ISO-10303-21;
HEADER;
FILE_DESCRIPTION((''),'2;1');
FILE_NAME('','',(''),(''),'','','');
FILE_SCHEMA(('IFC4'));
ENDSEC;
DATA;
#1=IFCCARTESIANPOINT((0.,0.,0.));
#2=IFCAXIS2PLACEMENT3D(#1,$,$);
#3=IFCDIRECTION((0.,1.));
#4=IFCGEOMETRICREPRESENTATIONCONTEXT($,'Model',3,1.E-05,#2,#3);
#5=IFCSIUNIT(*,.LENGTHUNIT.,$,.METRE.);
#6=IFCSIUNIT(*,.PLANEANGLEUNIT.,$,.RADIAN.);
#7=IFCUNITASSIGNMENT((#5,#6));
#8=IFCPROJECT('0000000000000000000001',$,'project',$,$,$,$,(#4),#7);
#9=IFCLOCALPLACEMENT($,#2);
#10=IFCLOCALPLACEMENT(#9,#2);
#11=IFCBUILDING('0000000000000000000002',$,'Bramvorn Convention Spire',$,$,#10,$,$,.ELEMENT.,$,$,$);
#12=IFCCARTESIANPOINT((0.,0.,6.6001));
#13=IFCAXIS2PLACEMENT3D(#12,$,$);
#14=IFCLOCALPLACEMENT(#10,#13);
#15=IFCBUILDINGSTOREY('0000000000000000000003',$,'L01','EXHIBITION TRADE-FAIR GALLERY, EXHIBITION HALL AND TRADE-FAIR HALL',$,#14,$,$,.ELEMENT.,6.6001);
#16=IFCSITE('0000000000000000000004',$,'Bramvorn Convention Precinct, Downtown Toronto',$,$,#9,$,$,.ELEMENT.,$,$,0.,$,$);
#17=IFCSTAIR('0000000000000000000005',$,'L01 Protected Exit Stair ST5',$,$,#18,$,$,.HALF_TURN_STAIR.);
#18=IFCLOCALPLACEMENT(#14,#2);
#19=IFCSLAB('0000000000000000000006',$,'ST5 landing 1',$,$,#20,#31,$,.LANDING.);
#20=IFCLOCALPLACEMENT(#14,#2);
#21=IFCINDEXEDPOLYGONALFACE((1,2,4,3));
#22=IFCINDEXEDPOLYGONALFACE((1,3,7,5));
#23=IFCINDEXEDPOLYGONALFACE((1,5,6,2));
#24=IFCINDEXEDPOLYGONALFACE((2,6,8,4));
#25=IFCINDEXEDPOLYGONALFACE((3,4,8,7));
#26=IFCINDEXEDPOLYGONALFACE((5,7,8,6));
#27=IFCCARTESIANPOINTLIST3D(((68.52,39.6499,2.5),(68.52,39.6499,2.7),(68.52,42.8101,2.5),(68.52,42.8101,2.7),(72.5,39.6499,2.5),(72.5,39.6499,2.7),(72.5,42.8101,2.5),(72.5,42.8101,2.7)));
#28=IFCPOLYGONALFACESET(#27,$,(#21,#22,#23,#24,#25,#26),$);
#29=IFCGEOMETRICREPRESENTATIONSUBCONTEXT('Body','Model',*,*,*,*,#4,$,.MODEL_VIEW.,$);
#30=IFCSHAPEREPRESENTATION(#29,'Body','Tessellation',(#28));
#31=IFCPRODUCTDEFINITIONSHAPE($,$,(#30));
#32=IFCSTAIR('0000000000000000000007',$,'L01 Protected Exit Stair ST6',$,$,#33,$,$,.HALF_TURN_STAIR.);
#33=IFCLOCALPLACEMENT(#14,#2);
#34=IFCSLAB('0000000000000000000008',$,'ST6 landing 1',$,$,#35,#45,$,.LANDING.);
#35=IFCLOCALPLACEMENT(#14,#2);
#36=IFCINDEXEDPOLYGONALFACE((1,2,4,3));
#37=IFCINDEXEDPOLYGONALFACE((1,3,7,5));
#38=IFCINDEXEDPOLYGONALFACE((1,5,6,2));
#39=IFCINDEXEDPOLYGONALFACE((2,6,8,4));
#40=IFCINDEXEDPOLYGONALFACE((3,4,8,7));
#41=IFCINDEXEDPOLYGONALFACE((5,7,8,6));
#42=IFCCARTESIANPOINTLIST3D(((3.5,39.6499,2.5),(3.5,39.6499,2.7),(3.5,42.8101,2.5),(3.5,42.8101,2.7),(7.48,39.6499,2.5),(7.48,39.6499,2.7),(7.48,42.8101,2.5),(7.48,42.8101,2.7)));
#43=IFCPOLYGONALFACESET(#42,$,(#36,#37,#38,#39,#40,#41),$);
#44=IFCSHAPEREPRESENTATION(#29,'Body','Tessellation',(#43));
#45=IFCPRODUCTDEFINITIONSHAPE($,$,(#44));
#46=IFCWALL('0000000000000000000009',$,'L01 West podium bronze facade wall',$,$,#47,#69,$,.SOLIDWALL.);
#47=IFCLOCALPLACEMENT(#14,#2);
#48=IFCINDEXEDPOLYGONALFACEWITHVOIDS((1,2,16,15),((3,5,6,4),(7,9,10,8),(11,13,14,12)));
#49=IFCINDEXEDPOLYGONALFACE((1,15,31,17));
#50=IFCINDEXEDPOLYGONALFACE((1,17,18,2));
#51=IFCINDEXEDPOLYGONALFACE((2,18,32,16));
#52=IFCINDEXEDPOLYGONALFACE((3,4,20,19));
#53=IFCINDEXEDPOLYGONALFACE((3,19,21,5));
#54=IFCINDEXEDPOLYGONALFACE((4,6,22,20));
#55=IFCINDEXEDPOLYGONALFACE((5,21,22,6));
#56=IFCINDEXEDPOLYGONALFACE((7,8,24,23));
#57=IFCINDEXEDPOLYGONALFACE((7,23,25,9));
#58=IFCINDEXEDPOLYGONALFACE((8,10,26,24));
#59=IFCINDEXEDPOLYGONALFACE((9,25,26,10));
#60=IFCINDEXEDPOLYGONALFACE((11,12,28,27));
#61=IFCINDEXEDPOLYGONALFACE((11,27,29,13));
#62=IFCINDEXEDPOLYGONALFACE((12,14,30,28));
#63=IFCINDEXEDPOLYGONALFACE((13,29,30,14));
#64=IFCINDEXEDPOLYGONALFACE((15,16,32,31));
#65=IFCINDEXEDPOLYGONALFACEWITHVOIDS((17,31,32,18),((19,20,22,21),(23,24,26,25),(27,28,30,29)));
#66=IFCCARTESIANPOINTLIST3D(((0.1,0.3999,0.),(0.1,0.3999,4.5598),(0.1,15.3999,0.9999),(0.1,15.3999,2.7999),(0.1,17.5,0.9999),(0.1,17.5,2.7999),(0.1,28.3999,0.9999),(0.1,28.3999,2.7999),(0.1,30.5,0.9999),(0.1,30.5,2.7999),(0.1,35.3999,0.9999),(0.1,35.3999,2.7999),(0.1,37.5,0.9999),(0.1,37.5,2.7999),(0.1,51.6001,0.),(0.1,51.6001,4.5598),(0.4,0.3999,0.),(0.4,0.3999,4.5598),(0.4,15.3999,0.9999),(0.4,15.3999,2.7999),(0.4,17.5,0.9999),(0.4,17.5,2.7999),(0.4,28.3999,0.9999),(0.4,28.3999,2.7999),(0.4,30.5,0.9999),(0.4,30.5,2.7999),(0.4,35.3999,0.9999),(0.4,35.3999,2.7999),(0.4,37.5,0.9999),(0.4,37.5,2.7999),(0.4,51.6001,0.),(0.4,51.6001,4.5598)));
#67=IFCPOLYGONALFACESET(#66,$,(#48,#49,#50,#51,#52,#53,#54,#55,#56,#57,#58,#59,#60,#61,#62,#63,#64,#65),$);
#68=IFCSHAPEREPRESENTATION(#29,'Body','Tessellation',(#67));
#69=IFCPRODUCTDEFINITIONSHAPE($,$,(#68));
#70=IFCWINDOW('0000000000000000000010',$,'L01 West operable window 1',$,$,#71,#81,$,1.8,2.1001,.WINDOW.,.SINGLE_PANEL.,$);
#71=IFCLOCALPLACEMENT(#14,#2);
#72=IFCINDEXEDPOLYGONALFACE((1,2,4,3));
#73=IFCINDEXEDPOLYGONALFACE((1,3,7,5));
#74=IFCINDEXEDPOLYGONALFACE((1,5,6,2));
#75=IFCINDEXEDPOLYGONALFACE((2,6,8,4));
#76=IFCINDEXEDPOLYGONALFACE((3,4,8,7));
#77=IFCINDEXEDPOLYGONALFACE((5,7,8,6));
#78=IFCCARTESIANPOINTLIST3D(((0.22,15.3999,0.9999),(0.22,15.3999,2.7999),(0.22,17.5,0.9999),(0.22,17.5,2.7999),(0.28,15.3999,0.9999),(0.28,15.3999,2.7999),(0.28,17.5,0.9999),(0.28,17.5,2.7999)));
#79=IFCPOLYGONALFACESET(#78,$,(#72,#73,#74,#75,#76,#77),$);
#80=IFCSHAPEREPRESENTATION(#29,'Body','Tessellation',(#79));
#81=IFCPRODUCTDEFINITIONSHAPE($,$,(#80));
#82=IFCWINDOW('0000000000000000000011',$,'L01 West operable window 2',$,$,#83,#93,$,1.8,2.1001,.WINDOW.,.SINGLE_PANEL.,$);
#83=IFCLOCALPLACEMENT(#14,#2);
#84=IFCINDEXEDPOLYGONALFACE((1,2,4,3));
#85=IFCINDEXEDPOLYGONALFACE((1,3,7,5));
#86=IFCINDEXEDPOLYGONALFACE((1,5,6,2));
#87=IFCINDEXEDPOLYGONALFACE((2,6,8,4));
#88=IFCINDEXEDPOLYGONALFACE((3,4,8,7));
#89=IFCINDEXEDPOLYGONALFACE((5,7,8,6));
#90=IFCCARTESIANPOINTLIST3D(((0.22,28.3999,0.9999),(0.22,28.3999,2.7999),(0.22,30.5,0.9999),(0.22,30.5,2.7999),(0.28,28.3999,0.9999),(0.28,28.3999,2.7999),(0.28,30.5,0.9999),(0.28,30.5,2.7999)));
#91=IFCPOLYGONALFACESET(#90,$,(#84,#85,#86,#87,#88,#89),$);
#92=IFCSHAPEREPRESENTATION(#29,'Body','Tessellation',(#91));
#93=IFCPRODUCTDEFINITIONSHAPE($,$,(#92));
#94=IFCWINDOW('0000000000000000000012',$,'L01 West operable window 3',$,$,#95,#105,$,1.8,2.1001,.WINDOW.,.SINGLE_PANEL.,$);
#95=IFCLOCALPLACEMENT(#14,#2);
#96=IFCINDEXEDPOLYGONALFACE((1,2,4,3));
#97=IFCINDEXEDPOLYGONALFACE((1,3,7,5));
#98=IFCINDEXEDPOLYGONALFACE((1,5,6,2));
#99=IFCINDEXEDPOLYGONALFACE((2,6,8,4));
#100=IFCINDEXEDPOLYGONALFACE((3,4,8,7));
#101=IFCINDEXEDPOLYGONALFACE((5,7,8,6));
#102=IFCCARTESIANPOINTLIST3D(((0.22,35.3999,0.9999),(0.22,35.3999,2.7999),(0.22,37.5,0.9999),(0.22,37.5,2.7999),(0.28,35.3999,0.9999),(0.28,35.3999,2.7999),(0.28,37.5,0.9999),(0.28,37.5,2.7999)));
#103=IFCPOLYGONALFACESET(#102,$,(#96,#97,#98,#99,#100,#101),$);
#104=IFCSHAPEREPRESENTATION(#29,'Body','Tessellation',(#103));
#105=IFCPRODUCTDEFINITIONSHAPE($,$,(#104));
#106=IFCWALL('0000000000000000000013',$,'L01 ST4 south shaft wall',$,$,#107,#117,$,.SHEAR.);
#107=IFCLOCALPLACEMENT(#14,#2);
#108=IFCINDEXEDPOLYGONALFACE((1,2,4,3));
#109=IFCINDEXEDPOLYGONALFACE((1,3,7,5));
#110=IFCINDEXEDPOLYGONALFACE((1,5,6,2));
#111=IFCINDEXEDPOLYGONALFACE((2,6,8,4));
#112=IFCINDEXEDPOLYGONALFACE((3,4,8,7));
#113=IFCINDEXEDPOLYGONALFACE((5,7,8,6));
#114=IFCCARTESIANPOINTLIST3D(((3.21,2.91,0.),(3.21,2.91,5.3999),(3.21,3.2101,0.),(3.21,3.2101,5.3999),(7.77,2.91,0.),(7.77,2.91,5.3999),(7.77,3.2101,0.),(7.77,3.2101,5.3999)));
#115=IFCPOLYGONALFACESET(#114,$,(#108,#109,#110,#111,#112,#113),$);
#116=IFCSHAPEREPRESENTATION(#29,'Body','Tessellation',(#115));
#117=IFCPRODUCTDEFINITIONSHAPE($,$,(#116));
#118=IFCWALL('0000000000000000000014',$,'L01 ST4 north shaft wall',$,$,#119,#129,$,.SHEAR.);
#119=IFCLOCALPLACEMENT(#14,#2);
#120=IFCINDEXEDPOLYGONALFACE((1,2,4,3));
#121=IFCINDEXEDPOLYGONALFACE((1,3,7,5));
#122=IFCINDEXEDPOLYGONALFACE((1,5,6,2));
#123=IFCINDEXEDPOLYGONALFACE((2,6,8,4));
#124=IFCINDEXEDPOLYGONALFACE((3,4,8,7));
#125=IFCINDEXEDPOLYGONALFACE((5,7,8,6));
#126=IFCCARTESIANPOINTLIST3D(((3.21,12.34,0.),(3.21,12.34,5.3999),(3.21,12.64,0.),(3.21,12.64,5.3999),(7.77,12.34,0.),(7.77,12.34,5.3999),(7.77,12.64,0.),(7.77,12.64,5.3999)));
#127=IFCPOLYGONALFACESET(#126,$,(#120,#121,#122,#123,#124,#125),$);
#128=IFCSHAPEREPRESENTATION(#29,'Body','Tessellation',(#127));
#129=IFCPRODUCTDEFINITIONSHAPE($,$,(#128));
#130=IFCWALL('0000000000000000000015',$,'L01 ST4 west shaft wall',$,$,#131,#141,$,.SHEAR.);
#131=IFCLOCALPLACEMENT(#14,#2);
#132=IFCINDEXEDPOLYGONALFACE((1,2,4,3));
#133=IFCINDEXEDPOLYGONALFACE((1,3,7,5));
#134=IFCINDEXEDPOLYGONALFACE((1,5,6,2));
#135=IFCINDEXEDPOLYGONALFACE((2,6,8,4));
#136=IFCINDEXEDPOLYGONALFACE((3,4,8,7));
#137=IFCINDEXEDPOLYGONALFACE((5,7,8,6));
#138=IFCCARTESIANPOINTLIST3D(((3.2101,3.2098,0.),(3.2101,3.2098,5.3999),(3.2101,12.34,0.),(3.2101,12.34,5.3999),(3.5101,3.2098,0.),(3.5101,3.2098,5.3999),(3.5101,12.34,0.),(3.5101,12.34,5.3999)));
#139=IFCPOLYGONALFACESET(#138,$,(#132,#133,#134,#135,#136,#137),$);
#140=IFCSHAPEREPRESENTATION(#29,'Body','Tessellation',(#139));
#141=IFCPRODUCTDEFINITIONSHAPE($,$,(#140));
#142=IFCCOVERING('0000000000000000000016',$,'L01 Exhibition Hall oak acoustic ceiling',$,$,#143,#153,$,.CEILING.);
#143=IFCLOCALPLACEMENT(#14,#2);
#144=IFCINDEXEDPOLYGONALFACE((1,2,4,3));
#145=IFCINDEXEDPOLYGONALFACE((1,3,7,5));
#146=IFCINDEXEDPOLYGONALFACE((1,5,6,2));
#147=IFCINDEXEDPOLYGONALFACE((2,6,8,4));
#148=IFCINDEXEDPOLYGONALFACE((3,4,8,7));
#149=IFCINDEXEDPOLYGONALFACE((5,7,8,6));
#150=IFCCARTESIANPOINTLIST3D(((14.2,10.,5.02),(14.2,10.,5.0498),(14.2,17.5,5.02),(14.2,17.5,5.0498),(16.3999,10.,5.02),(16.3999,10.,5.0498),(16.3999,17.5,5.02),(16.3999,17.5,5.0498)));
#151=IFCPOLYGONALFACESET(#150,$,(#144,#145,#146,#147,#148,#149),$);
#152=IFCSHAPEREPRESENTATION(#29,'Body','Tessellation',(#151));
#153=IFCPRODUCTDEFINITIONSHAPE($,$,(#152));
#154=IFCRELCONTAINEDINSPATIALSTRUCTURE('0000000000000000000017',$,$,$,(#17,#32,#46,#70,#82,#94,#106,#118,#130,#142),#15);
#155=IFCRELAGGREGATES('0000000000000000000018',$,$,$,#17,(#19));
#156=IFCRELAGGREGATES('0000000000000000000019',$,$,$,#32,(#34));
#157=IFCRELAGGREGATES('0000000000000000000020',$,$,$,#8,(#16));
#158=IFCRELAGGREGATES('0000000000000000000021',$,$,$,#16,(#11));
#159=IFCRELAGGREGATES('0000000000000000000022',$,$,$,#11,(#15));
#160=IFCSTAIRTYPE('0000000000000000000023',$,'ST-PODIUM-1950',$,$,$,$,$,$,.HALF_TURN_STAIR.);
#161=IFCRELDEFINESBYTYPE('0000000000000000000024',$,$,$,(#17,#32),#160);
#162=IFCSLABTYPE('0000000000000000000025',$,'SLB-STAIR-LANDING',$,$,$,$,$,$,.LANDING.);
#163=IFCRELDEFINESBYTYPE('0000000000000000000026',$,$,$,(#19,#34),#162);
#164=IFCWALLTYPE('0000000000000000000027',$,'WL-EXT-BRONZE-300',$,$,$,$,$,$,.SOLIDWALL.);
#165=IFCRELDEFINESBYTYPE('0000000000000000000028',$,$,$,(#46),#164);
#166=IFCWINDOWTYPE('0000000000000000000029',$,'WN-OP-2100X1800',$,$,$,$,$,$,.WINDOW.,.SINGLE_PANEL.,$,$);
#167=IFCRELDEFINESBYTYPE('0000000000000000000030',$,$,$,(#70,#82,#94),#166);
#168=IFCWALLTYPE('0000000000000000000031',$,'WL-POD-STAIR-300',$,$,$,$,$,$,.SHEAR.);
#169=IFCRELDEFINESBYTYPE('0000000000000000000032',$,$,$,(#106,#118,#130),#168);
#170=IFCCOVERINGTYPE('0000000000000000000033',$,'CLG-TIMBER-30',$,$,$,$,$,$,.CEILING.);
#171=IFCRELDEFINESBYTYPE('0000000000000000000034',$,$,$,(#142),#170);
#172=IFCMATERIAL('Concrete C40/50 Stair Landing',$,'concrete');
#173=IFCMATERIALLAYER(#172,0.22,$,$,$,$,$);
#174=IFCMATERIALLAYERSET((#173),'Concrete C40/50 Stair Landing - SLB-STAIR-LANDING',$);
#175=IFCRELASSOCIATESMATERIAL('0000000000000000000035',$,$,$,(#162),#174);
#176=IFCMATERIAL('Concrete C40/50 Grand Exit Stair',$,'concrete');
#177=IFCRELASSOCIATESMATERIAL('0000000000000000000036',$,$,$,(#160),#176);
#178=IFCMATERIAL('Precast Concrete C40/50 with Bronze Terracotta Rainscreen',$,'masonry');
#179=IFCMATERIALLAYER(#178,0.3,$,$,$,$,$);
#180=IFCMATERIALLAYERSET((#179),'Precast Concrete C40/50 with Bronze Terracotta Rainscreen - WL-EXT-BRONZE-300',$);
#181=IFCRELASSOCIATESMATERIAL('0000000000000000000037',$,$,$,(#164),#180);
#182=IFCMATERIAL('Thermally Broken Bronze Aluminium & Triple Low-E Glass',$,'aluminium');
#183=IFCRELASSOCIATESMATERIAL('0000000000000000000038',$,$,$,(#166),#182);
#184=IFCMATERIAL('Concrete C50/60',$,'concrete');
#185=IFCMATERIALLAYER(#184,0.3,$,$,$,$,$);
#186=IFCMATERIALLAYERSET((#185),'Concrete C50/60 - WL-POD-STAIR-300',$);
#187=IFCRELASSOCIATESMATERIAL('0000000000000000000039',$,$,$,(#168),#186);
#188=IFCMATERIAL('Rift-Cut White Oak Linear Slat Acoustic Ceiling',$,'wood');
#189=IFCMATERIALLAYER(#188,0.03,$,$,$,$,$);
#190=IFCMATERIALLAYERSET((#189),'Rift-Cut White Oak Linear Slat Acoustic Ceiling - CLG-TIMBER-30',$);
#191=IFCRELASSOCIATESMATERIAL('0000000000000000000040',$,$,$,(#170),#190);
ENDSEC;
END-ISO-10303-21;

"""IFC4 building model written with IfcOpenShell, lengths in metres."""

from ifc_helpers import new_model, si_unit, direction, frame, frame_2d, origin, place, context, subcontext, project, spatial, polyline, rectangle, outline, extrude, material, layer, layer_set, type_object, element, fill, aggregate, save


model = new_model("IFC4")

# Units and contexts
model_context = context("Model", 3, precision=1e-05, world=origin(), true_north=direction((0.0, 1.0)))
body_context = subcontext(model_context, "Body", "Model", "MODEL_VIEW")
ifc_project = project(units=[si_unit("LENGTHUNIT", "METRE"), si_unit("PLANEANGLEUNIT", "RADIAN")], contexts=[model_context])

# Site, building, storey
site_placement = place(None, origin())
site = spatial("IfcSite", under=ifc_project, at=site_placement, Name="Bramvorn Convention Precinct, Downtown Toronto", CompositionType="ELEMENT", RefElevation=0.0)
building_placement = place(site_placement, origin())
building = spatial("IfcBuilding", under=site, at=building_placement, Name="Bramvorn Convention Spire", CompositionType="ELEMENT")
storey_placement = place(building_placement, frame((0.0, 0.0, 6.6001)))
storey = spatial("IfcBuildingStorey", under=building, at=storey_placement, Name="L01", Description="EXHIBITION TRADE-FAIR GALLERY, EXHIBITION HALL AND TRADE-FAIR HALL", CompositionType="ELEMENT", Elevation=6.6001)

# Shared definitions
ifc_material_1 = material(Name="Concrete C50/60", Category="concrete")

# Stairs, slabs
ifc_material_2 = material(Name="Concrete C40/50 Stair Landing", Category="concrete")
ifc_layer_1 = layer(ifc_material_2, 0.22)
ifc_layer_set_1 = layer_set([ifc_layer_1], Name="Concrete C40/50 Stair Landing - SLB-STAIR-LANDING")
slab_type_1 = type_object("IfcSlabType", Name="SLB-STAIR-LANDING", PredefinedType="LANDING", material=ifc_layer_set_1)
ifc_material_3 = material(Name="Concrete C40/50 Grand Exit Stair", Category="concrete")
stair_type_1 = type_object("IfcStairType", Name="ST-PODIUM-1950", PredefinedType="HALF_TURN_STAIR", material=ifc_material_3)
stair_1_placement = place(storey_placement, origin())
stair_1 = element("IfcStair", 1, at=stair_1_placement, inside=storey, type_object=stair_type_1, Name="L01 Protected Exit Stair ST5", PredefinedType="HALF_TURN_STAIR")
slab_1_placement = place(storey_placement, frame((0.0, 0.0, 2.5)))
slab_1 = element("IfcSlab", 2, at=slab_1_placement, type_object=slab_type_1, Name="ST5 landing 1", PredefinedType="LANDING", context=body_context, shape_type="SweptSolid", body=[
    extrude(outline(polyline([(68.52, 42.8101), (68.52, 39.6499), (72.5, 39.6499), (72.5, 42.8101), (68.52, 42.8101)])), origin(), (0.0, 0.0, 1.0), 0.2),
])
aggregate(stair_1, [slab_1])
stair_2_placement = place(storey_placement, origin())
stair_2 = element("IfcStair", 3, at=stair_2_placement, inside=storey, type_object=stair_type_1, Name="L01 Protected Exit Stair ST6", PredefinedType="HALF_TURN_STAIR")
slab_2_placement = place(storey_placement, frame((0.0, 0.0, 2.5)))
slab_2 = element("IfcSlab", 4, at=slab_2_placement, type_object=slab_type_1, Name="ST6 landing 1", PredefinedType="LANDING", context=body_context, shape_type="SweptSolid", body=[
    extrude(outline(polyline([(3.5, 42.8101), (3.5, 39.6499), (7.48, 39.6499), (7.48, 42.8101), (3.5, 42.8101)])), origin(), (0.0, 0.0, 1.0), 0.2),
])
aggregate(stair_2, [slab_2])

# Wall, openings, windows
ifc_material_4 = material(Name="Precast Concrete C40/50 with Bronze Terracotta Rainscreen", Category="masonry")
ifc_layer_2 = layer(ifc_material_4, 0.3)
ifc_layer_set_2 = layer_set([ifc_layer_2], Name="Precast Concrete C40/50 with Bronze Terracotta Rainscreen - WL-EXT-BRONZE-300")
wall_type_1 = type_object("IfcWallType", Name="WL-EXT-BRONZE-300", PredefinedType="SOLIDWALL", material=ifc_layer_set_2)
wall_1_placement = place(storey_placement, frame((0.25, 0.3999, 0.0), z_axis=(0.0, 0.0, 1.0), x_axis=(0.0, 1.0, 0.0)))
wall_1 = element("IfcWall", 5, at=wall_1_placement, inside=storey, type_object=wall_type_1, Name="L01 West podium bronze facade wall", PredefinedType="SOLIDWALL", context=body_context, shape_type="SweptSolid", body=[
    extrude(rectangle(XDim=51.2002, YDim=0.3, at=frame_2d((25.6001, 0.0))), origin(), (0.0, 0.0, 1.0), 4.5598),
])
opening_1_placement = place(wall_1_placement, frame((15.0, 0.0, 1.0)))
opening_1 = element("IfcOpeningElement", 6, at=opening_1_placement, cuts=wall_1, PredefinedType="OPENING", context=body_context, shape_type="SweptSolid", body=[
    extrude(rectangle(XDim=2.1001, YDim=1.8, at=frame_2d((1.05, 0.8999))), frame((0.0, 0.1599, 0.0), z_axis=(0.0, -1.0, 0.0), x_axis=(1.0, 0.0, 0.0)), (0.0, 0.0, 1.0), 0.3201),
])
opening_2_placement = place(wall_1_placement, frame((28.0, 0.0, 1.0)))
opening_2 = element("IfcOpeningElement", 7, at=opening_2_placement, cuts=wall_1, PredefinedType="OPENING", context=body_context, shape_type="SweptSolid", body=[
    extrude(rectangle(XDim=2.1001, YDim=1.8, at=frame_2d((1.05, 0.8999))), frame((0.0, 0.1599, 0.0), z_axis=(0.0, -1.0, 0.0), x_axis=(1.0, 0.0, 0.0)), (0.0, 0.0, 1.0), 0.3201),
])
opening_3_placement = place(wall_1_placement, frame((35.0, 0.0, 1.0)))
opening_3 = element("IfcOpeningElement", 8, at=opening_3_placement, cuts=wall_1, PredefinedType="OPENING", context=body_context, shape_type="SweptSolid", body=[
    extrude(rectangle(XDim=2.1001, YDim=1.8, at=frame_2d((1.05, 0.8999))), frame((0.0, 0.1599, 0.0), z_axis=(0.0, -1.0, 0.0), x_axis=(1.0, 0.0, 0.0)), (0.0, 0.0, 1.0), 0.3201),
])
ifc_material_5 = material(Name="Thermally Broken Bronze Aluminium & Triple Low-E Glass", Category="aluminium")
window_type = type_object("IfcWindowType", Name="WN-OP-2100X1800", PartitioningType="SINGLE_PANEL", PredefinedType="WINDOW", material=ifc_material_5)
window_1_placement = place(opening_1_placement, origin())
window_1 = element("IfcWindow", 9, at=window_1_placement, inside=storey, type_object=window_type, Name="L01 West operable window 1", OverallHeight=1.8, OverallWidth=2.1001, PartitioningType="SINGLE_PANEL", PredefinedType="WINDOW", context=body_context, shape_type="SweptSolid", body=[
    extrude(rectangle(XDim=2.1001, YDim=1.8, at=frame_2d((1.05, 0.8999))), frame((0.0, 0.03, 0.0), z_axis=(0.0, -1.0, 0.0), x_axis=(1.0, 0.0, 0.0)), (0.0, 0.0, 1.0), 0.0601),
])
fill(opening_1, window_1)
window_2_placement = place(opening_2_placement, origin())
window_2 = element("IfcWindow", 10, at=window_2_placement, inside=storey, type_object=window_type, Name="L01 West operable window 2", OverallHeight=1.8, OverallWidth=2.1001, PartitioningType="SINGLE_PANEL", PredefinedType="WINDOW", context=body_context, shape_type="SweptSolid", body=[
    extrude(rectangle(XDim=2.1001, YDim=1.8, at=frame_2d((1.05, 0.8999))), frame((0.0, 0.03, 0.0), z_axis=(0.0, -1.0, 0.0), x_axis=(1.0, 0.0, 0.0)), (0.0, 0.0, 1.0), 0.0601),
])
fill(opening_2, window_2)
window_3_placement = place(opening_3_placement, origin())
window_3 = element("IfcWindow", 11, at=window_3_placement, inside=storey, type_object=window_type, Name="L01 West operable window 3", OverallHeight=1.8, OverallWidth=2.1001, PartitioningType="SINGLE_PANEL", PredefinedType="WINDOW", context=body_context, shape_type="SweptSolid", body=[
    extrude(rectangle(XDim=2.1001, YDim=1.8, at=frame_2d((1.05, 0.8999))), frame((0.0, 0.03, 0.0), z_axis=(0.0, -1.0, 0.0), x_axis=(1.0, 0.0, 0.0)), (0.0, 0.0, 1.0), 0.0601),
])
fill(opening_3, window_3)

# Walls
ifc_layer_3 = layer(ifc_material_1, 0.3)
ifc_layer_set_3 = layer_set([ifc_layer_3], Name="Concrete C50/60 - WL-POD-STAIR-300")
wall_type_2 = type_object("IfcWallType", Name="WL-POD-STAIR-300", PredefinedType="SHEAR", material=ifc_layer_set_3)
for number, where, z_axis, x_axis, name in (
    (12, (3.21, 3.0601, 0.0), (0.0, 0.0, 1.0), (1.0, 0.0, 0.0), "L01 ST4 south shaft wall"),
    (13, (3.21, 12.49, 0.0), (0.0, 0.0, 1.0), (1.0, 0.0, 0.0), "L01 ST4 north shaft wall"),
):
    element("IfcWall", number, at=place(storey_placement, frame(where, z_axis=z_axis, x_axis=x_axis)), inside=storey, type_object=wall_type_2, Name=name, PredefinedType="SHEAR", context=body_context, shape_type="SweptSolid", body=[
        extrude(rectangle(XDim=4.5601, YDim=0.3, at=frame_2d((2.28, 0.0))), origin(), (0.0, 0.0, 1.0), 5.3999),
    ])
wall_2_placement = place(storey_placement, frame((3.3601, 3.21, 0.0), z_axis=(0.0, 0.0, 1.0), x_axis=(0.0, 1.0, 0.0)))
element("IfcWall", 14, at=wall_2_placement, inside=storey, type_object=wall_type_2, Name="L01 ST4 west shaft wall", PredefinedType="SHEAR", context=body_context, shape_type="SweptSolid", body=[
    extrude(rectangle(XDim=9.1301, YDim=0.3, at=frame_2d((4.5649, 0.0))), origin(), (0.0, 0.0, 1.0), 5.3999),
])

# Covering
ifc_material_6 = material(Name="Rift-Cut White Oak Linear Slat Acoustic Ceiling", Category="wood")
ifc_layer_4 = layer(ifc_material_6, 0.03)
ifc_layer_set_4 = layer_set([ifc_layer_4], Name="Rift-Cut White Oak Linear Slat Acoustic Ceiling - CLG-TIMBER-30")
covering_type = type_object("IfcCoveringType", Name="CLG-TIMBER-30", PredefinedType="CEILING", material=ifc_layer_set_4)
covering_placement = place(storey_placement, frame((0.0, 0.0, 5.02)))
element("IfcCovering", 15, at=covering_placement, inside=storey, type_object=covering_type, Name="L01 Exhibition Hall oak acoustic ceiling", PredefinedType="CEILING", context=body_context, shape_type="SweptSolid", body=[
    extrude(outline(polyline([(14.2, 10.0), (16.3999, 10.0), (16.3999, 17.5), (14.2, 17.5), (14.2, 10.0)])), origin(), (0.0, 0.0, 1.0), 0.0298),
])

save(model, "model.ifc")
